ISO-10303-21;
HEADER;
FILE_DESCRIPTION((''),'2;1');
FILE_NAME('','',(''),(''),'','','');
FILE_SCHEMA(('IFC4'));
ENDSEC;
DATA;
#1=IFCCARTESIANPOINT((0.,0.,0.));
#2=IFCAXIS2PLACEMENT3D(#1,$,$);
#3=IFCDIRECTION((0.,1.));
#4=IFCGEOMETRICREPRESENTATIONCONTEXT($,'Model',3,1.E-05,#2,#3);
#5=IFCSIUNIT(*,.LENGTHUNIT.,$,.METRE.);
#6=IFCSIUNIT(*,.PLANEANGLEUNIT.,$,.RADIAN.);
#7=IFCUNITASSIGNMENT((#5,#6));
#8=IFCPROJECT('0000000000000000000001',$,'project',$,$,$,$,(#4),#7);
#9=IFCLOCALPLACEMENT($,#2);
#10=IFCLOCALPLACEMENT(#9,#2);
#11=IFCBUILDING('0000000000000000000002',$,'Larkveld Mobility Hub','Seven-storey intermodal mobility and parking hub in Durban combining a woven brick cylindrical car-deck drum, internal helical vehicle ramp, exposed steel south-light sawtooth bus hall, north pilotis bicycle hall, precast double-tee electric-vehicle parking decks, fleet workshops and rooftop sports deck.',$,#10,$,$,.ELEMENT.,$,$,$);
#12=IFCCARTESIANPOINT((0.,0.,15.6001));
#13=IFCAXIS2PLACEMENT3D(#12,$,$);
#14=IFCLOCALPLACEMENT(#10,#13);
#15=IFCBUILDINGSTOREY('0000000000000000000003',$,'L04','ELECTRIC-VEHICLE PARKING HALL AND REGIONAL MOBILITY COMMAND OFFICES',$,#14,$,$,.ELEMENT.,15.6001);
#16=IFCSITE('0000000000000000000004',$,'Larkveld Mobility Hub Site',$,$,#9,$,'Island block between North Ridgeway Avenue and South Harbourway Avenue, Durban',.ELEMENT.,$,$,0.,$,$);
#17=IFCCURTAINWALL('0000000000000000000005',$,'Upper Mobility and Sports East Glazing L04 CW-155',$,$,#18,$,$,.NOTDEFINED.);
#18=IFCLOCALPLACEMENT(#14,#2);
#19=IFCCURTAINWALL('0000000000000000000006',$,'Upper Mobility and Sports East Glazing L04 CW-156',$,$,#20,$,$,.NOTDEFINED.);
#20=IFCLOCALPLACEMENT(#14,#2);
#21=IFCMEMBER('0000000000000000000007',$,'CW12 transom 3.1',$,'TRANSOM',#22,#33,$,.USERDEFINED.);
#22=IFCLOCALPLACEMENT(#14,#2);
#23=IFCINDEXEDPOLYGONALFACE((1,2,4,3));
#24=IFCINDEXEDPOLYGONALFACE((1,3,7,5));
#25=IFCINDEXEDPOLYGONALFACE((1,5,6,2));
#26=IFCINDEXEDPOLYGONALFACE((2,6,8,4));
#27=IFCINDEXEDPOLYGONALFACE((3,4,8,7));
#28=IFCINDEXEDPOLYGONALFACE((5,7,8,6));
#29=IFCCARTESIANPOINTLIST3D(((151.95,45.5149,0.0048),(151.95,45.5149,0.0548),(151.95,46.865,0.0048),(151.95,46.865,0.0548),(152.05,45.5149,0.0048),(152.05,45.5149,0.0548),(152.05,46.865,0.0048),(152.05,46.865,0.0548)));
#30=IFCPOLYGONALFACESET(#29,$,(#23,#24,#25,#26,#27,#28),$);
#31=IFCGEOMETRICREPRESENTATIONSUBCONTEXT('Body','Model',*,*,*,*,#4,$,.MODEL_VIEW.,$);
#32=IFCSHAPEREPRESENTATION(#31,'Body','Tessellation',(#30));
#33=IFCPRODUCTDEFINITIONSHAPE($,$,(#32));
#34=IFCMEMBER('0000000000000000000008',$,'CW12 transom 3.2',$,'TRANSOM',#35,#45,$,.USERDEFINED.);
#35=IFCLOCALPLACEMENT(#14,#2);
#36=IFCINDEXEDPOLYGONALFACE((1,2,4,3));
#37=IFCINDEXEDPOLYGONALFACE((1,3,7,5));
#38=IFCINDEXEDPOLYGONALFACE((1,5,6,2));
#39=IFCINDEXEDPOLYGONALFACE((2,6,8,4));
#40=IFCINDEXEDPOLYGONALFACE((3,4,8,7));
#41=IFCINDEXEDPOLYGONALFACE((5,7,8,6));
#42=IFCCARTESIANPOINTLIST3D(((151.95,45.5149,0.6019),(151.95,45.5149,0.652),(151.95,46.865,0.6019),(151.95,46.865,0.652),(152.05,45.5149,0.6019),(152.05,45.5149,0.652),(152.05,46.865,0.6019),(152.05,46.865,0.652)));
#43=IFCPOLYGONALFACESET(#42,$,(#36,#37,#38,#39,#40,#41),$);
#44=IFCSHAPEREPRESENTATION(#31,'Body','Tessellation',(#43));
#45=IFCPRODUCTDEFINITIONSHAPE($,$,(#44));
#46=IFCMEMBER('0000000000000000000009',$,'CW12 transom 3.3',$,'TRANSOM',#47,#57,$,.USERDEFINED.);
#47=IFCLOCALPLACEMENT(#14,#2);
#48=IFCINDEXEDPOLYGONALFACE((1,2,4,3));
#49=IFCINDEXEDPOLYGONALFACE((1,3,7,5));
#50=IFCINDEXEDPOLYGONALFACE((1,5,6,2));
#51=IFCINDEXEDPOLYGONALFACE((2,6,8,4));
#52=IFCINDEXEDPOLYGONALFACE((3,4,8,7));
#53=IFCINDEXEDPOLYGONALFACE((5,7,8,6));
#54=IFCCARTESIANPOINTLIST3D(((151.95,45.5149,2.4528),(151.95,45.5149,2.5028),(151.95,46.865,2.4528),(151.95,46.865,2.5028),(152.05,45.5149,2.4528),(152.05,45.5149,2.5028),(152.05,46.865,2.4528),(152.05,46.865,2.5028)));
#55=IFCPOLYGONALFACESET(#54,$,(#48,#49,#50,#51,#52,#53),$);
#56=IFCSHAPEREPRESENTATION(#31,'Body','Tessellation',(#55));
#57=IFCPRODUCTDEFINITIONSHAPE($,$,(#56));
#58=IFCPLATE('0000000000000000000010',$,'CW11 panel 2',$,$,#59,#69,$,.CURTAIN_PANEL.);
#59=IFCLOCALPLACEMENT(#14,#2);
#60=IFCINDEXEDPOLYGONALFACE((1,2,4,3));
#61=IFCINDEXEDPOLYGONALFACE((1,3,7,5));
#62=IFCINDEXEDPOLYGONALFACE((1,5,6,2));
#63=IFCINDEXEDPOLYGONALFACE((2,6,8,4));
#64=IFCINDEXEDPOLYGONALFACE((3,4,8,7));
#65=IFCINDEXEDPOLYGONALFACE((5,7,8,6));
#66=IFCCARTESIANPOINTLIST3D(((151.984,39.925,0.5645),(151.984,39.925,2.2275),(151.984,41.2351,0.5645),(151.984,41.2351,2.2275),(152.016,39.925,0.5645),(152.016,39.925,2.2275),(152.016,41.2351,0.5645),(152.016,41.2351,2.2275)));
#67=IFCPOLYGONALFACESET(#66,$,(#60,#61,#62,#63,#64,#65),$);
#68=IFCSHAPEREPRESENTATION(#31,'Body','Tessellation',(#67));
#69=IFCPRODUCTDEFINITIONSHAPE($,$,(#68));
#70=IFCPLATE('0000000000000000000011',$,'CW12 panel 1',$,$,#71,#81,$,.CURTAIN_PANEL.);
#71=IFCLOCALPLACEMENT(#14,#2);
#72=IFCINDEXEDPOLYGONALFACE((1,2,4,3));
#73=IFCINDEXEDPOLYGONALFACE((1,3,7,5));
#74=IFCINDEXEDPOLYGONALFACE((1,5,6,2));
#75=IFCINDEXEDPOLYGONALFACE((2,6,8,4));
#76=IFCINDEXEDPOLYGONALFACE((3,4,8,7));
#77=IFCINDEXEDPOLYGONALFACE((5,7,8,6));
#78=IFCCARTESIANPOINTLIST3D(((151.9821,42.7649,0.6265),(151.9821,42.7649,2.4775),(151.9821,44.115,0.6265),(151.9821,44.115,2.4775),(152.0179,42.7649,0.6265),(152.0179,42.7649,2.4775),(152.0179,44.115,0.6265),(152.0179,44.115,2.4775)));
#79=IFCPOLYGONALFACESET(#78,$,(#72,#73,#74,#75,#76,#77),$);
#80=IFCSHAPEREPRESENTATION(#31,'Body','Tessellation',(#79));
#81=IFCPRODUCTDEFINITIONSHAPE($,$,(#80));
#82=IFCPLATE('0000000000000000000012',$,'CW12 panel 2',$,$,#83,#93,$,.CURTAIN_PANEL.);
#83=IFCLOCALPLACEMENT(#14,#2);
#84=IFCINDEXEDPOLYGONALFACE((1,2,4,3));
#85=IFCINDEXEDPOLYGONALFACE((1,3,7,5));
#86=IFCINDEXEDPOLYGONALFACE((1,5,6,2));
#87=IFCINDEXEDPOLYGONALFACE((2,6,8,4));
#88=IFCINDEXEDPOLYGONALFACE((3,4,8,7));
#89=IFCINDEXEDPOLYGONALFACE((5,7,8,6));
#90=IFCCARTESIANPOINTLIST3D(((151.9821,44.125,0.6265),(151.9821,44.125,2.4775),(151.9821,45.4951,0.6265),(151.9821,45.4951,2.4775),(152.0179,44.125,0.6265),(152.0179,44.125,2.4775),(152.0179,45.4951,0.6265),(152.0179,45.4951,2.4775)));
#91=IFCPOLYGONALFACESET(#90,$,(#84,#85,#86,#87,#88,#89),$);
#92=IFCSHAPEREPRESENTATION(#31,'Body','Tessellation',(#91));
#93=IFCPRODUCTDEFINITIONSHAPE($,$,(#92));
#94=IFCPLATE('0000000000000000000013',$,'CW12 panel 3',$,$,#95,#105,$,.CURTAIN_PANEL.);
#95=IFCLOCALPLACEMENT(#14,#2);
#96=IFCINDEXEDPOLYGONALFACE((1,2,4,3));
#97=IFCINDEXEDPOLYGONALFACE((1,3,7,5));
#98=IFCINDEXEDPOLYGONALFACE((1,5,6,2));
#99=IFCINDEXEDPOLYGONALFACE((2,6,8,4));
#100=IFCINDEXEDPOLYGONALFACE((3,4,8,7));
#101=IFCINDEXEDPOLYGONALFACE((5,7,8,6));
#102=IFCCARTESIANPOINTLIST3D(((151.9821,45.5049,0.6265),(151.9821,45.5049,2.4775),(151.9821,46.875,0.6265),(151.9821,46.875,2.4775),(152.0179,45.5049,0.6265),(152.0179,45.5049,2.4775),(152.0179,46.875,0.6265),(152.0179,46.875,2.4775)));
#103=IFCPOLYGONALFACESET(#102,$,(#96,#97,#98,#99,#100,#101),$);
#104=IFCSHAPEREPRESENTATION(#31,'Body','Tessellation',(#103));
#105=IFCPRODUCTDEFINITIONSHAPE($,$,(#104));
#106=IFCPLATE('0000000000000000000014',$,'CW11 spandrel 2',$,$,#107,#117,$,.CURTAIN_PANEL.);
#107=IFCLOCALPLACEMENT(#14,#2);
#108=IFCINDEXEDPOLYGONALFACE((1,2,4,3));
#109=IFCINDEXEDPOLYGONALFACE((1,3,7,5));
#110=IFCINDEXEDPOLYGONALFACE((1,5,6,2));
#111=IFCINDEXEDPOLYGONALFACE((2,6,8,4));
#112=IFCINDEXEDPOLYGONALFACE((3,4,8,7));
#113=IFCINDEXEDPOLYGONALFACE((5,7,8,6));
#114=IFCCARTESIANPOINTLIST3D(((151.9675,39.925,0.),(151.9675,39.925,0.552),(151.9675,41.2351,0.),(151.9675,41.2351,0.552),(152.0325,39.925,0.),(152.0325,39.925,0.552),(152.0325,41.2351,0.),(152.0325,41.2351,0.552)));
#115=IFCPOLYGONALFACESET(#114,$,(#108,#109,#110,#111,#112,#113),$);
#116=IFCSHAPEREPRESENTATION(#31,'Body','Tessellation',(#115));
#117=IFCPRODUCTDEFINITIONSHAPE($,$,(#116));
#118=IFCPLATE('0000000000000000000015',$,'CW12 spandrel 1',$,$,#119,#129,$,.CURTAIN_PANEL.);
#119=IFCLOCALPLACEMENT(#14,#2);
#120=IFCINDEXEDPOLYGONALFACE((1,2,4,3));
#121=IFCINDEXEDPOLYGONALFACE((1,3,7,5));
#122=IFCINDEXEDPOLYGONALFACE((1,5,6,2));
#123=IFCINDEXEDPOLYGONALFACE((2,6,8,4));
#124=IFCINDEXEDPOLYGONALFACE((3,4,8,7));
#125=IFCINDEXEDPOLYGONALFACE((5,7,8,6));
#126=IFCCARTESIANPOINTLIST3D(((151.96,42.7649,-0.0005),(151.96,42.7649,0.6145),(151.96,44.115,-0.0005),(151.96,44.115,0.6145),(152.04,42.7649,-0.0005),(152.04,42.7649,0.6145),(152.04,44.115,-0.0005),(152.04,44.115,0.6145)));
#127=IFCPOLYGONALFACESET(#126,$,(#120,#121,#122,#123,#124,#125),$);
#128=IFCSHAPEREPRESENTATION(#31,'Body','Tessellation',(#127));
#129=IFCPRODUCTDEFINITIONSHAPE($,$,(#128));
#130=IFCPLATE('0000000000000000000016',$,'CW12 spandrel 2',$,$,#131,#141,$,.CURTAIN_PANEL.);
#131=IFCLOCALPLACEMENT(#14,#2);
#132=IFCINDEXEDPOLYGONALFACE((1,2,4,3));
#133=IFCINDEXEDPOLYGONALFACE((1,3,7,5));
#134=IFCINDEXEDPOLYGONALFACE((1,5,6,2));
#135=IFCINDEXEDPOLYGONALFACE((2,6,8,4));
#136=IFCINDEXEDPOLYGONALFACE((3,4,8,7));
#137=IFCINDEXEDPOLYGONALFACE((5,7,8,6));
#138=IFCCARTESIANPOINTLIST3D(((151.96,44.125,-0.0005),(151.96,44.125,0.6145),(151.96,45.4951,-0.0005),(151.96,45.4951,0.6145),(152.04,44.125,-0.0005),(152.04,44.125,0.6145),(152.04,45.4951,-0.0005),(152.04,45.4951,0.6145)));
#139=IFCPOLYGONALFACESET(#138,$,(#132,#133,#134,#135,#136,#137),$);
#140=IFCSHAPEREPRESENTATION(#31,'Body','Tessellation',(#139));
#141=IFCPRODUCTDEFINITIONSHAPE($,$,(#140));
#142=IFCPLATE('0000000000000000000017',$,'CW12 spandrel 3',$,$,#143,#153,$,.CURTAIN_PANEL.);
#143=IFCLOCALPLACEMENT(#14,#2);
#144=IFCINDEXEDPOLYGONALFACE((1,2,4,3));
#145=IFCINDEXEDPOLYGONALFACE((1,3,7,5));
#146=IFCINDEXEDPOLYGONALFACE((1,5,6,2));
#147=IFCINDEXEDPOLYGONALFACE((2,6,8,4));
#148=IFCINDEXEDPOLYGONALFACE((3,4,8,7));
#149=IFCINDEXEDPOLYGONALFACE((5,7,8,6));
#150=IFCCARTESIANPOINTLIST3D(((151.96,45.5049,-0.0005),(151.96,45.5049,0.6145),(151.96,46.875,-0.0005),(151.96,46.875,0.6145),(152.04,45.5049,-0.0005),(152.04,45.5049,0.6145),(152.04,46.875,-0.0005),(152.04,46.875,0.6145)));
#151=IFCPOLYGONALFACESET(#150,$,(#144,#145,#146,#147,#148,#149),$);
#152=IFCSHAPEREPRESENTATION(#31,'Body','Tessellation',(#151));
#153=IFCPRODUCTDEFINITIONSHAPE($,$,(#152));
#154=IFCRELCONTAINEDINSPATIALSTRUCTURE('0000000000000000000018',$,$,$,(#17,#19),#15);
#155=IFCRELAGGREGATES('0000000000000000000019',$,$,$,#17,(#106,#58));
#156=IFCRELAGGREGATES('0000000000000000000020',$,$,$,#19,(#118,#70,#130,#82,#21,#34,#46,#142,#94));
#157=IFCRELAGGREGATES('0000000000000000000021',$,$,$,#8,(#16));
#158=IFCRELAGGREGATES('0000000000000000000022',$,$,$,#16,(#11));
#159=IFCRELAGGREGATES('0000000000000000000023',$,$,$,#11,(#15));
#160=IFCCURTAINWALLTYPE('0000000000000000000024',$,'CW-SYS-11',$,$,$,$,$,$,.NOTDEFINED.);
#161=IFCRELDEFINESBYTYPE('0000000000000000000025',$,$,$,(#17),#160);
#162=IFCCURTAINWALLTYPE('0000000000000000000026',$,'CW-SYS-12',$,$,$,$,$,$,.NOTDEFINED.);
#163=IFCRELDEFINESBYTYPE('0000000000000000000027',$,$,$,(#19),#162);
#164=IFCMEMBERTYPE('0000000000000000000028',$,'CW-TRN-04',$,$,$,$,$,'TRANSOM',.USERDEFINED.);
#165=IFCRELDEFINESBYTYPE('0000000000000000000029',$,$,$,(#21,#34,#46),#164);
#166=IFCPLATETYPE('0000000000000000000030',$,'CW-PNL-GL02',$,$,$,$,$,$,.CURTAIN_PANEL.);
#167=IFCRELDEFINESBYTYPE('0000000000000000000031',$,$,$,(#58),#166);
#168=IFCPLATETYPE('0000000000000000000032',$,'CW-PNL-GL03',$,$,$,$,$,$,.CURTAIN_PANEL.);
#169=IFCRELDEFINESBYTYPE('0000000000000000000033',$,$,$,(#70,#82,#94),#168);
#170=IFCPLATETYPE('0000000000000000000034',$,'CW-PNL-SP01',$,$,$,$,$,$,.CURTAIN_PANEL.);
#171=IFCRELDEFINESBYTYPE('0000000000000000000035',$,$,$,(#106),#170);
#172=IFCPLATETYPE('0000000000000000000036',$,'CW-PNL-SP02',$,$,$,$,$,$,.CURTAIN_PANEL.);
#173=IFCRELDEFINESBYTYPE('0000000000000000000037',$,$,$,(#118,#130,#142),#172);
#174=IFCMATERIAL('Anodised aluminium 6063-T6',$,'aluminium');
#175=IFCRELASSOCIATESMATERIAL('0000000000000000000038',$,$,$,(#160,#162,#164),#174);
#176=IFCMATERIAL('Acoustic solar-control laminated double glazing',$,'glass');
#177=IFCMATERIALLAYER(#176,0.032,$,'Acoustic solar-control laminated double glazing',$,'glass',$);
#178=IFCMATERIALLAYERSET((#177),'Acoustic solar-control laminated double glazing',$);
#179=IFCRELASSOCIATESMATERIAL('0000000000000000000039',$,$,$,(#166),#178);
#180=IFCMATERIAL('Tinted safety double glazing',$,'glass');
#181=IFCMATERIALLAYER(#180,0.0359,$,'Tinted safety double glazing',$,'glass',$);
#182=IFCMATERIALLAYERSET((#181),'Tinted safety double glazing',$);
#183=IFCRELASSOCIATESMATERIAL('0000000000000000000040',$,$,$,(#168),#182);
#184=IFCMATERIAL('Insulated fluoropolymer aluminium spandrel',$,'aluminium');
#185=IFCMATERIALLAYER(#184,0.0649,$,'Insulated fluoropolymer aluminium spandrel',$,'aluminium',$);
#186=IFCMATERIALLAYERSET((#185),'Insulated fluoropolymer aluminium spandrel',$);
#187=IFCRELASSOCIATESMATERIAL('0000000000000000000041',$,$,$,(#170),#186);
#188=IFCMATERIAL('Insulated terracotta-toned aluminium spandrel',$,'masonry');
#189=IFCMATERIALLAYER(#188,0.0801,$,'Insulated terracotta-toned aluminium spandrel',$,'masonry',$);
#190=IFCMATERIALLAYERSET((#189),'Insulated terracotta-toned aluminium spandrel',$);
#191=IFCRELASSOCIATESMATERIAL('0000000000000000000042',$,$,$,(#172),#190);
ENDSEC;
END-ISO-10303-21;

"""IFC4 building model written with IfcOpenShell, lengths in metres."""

from ifc_helpers import new_model, si_unit, direction, frame, origin, origin_2d, place, context, subcontext, project, spatial, rectangle, extrude, material, layer, layer_set, material_profile, profile_set, type_object, element, aggregate, save


model = new_model("IFC4")

# Units and contexts
model_context = context("Model", 3, precision=1e-05, world=origin(), true_north=direction((0.0, 1.0)))
body_context = subcontext(model_context, "Body", "Model", "MODEL_VIEW")
ifc_project = project(units=[si_unit("LENGTHUNIT", "METRE"), si_unit("PLANEANGLEUNIT", "RADIAN")], contexts=[model_context])

# Site, building, storey
site_placement = place(None, origin())
site = spatial("IfcSite", under=ifc_project, at=site_placement, Name="Larkveld Mobility Hub Site", LongName="Island block between North Ridgeway Avenue and South Harbourway Avenue, Durban", CompositionType="ELEMENT", RefElevation=0.0)
building_placement = place(site_placement, origin())
building = spatial("IfcBuilding", under=site, at=building_placement, Name="Larkveld Mobility Hub", Description="Seven-storey intermodal mobility and parking hub in Durban combining a woven brick cylindrical car-deck drum, internal helical vehicle ramp, exposed steel south-light sawtooth bus hall, north pilotis bicycle hall, precast double-tee electric-vehicle parking decks, fleet workshops and rooftop sports deck.", CompositionType="ELEMENT")
storey_placement = place(building_placement, frame((0.0, 0.0, 15.6001)))
storey = spatial("IfcBuildingStorey", under=building, at=storey_placement, Name="L04", Description="ELECTRIC-VEHICLE PARKING HALL AND REGIONAL MOBILITY COMMAND OFFICES", CompositionType="ELEMENT", Elevation=15.6001)

# Curtain wall
ifc_material_1 = material(Name="Anodised aluminium 6063-T6", Category="aluminium")
curtain_wall_type_1 = type_object("IfcCurtainWallType", Name="CW-SYS-11", PredefinedType="NOTDEFINED", material=ifc_material_1)
curtain_wall_1_placement = place(storey_placement, origin())
curtain_wall_1 = element("IfcCurtainWall", 1, at=curtain_wall_1_placement, inside=storey, type_object=curtain_wall_type_1, Name="Upper Mobility and Sports East Glazing L04 CW-155", PredefinedType="NOTDEFINED")

# Curtain wall
curtain_wall_type_2 = type_object("IfcCurtainWallType", Name="CW-SYS-12", PredefinedType="NOTDEFINED", material=ifc_material_1)
curtain_wall_2_placement = place(storey_placement, origin())
curtain_wall_2 = element("IfcCurtainWall", 2, at=curtain_wall_2_placement, inside=storey, type_object=curtain_wall_type_2, Name="Upper Mobility and Sports East Glazing L04 CW-156", PredefinedType="NOTDEFINED")

# Members
ifc_material_profile_1 = material_profile(ifc_material_1, rectangle(XDim=0.1001, YDim=0.05, at=origin_2d()), Name="ALU TRAN 50x100")
ifc_profile_set_1 = profile_set([ifc_material_profile_1], Name="Anodised aluminium 6063-T6")
member_type_1 = type_object("IfcMemberType", Name="CW-TRN-04", ElementType="TRANSOM", PredefinedType="USERDEFINED", material=ifc_profile_set_1)
member_1_placement = place(storey_placement, frame((152.0, 45.5149, 0.0298), z_axis=(0.0, 1.0, 0.0), x_axis=(-1.0, 0.0, 0.0)))
member_1 = element("IfcMember", 3, at=member_1_placement, type_object=member_type_1, Name="CW12 transom 3.1", ObjectType="TRANSOM", PredefinedType="USERDEFINED", context=body_context, shape_type="SweptSolid", body=[
    extrude(rectangle(XDim=0.1001, YDim=0.05, at=origin_2d()), origin(), (0.0, 0.0, 1.0), 1.3501),
])
member_2_placement = place(storey_placement, frame((152.0, 45.5149, 0.627), z_axis=(0.0, 1.0, 0.0), x_axis=(-1.0, 0.0, 0.0)))
member_2 = element("IfcMember", 4, at=member_2_placement, type_object=member_type_1, Name="CW12 transom 3.2", ObjectType="TRANSOM", PredefinedType="USERDEFINED", context=body_context, shape_type="SweptSolid", body=[
    extrude(rectangle(XDim=0.1001, YDim=0.05, at=origin_2d()), origin(), (0.0, 0.0, 1.0), 1.3501),
])
member_3_placement = place(storey_placement, frame((152.0, 45.5149, 2.4778), z_axis=(0.0, 1.0, 0.0), x_axis=(-1.0, 0.0, 0.0)))
member_3 = element("IfcMember", 5, at=member_3_placement, type_object=member_type_1, Name="CW12 transom 3.3", ObjectType="TRANSOM", PredefinedType="USERDEFINED", context=body_context, shape_type="SweptSolid", body=[
    extrude(rectangle(XDim=0.1001, YDim=0.05, at=origin_2d()), origin(), (0.0, 0.0, 1.0), 1.3501),
])

# Plates
ifc_material_2 = material(Name="Acoustic solar-control laminated double glazing", Category="glass")
ifc_layer_1 = layer(ifc_material_2, 0.032, Name="Acoustic solar-control laminated double glazing", Category="glass")
ifc_layer_set_1 = layer_set([ifc_layer_1], Name="Acoustic solar-control laminated double glazing")
plate_type_1 = type_object("IfcPlateType", Name="CW-PNL-GL02", PredefinedType="CURTAIN_PANEL", material=ifc_layer_set_1)
plate_1_placement = place(storey_placement, frame((152.0, 40.5801, 0.5645), z_axis=(0.0, 0.0, 1.0), x_axis=(0.0, 1.0, 0.0)))
plate_1 = element("IfcPlate", 6, at=plate_1_placement, type_object=plate_type_1, Name="CW11 panel 2", PredefinedType="CURTAIN_PANEL", context=body_context, shape_type="SweptSolid", body=[
    extrude(rectangle(XDim=1.3101, YDim=0.032, at=origin_2d()), origin(), (0.0, 0.0, 1.0), 1.6631),
])
ifc_material_3 = material(Name="Tinted safety double glazing", Category="glass")
ifc_layer_2 = layer(ifc_material_3, 0.0359, Name="Tinted safety double glazing", Category="glass")
ifc_layer_set_2 = layer_set([ifc_layer_2], Name="Tinted safety double glazing")
plate_type_2 = type_object("IfcPlateType", Name="CW-PNL-GL03", PredefinedType="CURTAIN_PANEL", material=ifc_layer_set_2)
plate_2_placement = place(storey_placement, frame((152.0, 43.4399, 0.6265), z_axis=(0.0, 0.0, 1.0), x_axis=(0.0, 1.0, 0.0)))
plate_2 = element("IfcPlate", 7, at=plate_2_placement, type_object=plate_type_2, Name="CW12 panel 1", PredefinedType="CURTAIN_PANEL", context=body_context, shape_type="SweptSolid", body=[
    extrude(rectangle(XDim=1.3501, YDim=0.0359, at=origin_2d()), origin(), (0.0, 0.0, 1.0), 1.8511),
])
plate_3_placement = place(storey_placement, frame((152.0, 44.8101, 0.6265), z_axis=(0.0, 0.0, 1.0), x_axis=(0.0, 1.0, 0.0)))
plate_3 = element("IfcPlate", 8, at=plate_3_placement, type_object=plate_type_2, Name="CW12 panel 2", PredefinedType="CURTAIN_PANEL", context=body_context, shape_type="SweptSolid", body=[
    extrude(rectangle(XDim=1.3701, YDim=0.0359, at=origin_2d()), origin(), (0.0, 0.0, 1.0), 1.8511),
])
plate_4_placement = place(storey_placement, frame((152.0, 46.1899, 0.6265), z_axis=(0.0, 0.0, 1.0), x_axis=(0.0, 1.0, 0.0)))
plate_4 = element("IfcPlate", 9, at=plate_4_placement, type_object=plate_type_2, Name="CW12 panel 3", PredefinedType="CURTAIN_PANEL", context=body_context, shape_type="SweptSolid", body=[
    extrude(rectangle(XDim=1.3701, YDim=0.0359, at=origin_2d()), origin(), (0.0, 0.0, 1.0), 1.8511),
])
ifc_material_4 = material(Name="Insulated fluoropolymer aluminium spandrel", Category="aluminium")
ifc_layer_3 = layer(ifc_material_4, 0.0649, Name="Insulated fluoropolymer aluminium spandrel", Category="aluminium")
ifc_layer_set_3 = layer_set([ifc_layer_3], Name="Insulated fluoropolymer aluminium spandrel")
plate_type_3 = type_object("IfcPlateType", Name="CW-PNL-SP01", PredefinedType="CURTAIN_PANEL", material=ifc_layer_set_3)
plate_5_placement = place(storey_placement, frame((152.0, 40.5801, 0.0), z_axis=(0.0, 0.0, 1.0), x_axis=(0.0, 1.0, 0.0)))
plate_5 = element("IfcPlate", 10, at=plate_5_placement, type_object=plate_type_3, Name="CW11 spandrel 2", PredefinedType="CURTAIN_PANEL", context=body_context, shape_type="SweptSolid", body=[
    extrude(rectangle(XDim=1.3101, YDim=0.0649, at=origin_2d()), origin(), (0.0, 0.0, 1.0), 0.552),
])
aggregate(curtain_wall_1, [plate_5, plate_1])
ifc_material_5 = material(Name="Insulated terracotta-toned aluminium spandrel", Category="masonry")
ifc_layer_4 = layer(ifc_material_5, 0.0801, Name="Insulated terracotta-toned aluminium spandrel", Category="masonry")
ifc_layer_set_4 = layer_set([ifc_layer_4], Name="Insulated terracotta-toned aluminium spandrel")
plate_type_4 = type_object("IfcPlateType", Name="CW-PNL-SP02", PredefinedType="CURTAIN_PANEL", material=ifc_layer_set_4)
plate_6_placement = place(storey_placement, frame((152.0, 43.4399, -0.0005), z_axis=(0.0, 0.0, 1.0), x_axis=(0.0, 1.0, 0.0)))
plate_6 = element("IfcPlate", 11, at=plate_6_placement, type_object=plate_type_4, Name="CW12 spandrel 1", PredefinedType="CURTAIN_PANEL", context=body_context, shape_type="SweptSolid", body=[
    extrude(rectangle(XDim=1.3501, YDim=0.0801, at=origin_2d()), origin(), (0.0, 0.0, 1.0), 0.615),
])
plate_7_placement = place(storey_placement, frame((152.0, 44.8101, -0.0005), z_axis=(0.0, 0.0, 1.0), x_axis=(0.0, 1.0, 0.0)))
plate_7 = element("IfcPlate", 12, at=plate_7_placement, type_object=plate_type_4, Name="CW12 spandrel 2", PredefinedType="CURTAIN_PANEL", context=body_context, shape_type="SweptSolid", body=[
    extrude(rectangle(XDim=1.3701, YDim=0.0801, at=origin_2d()), origin(), (0.0, 0.0, 1.0), 0.615),
])
plate_8_placement = place(storey_placement, frame((152.0, 46.1899, -0.0005), z_axis=(0.0, 0.0, 1.0), x_axis=(0.0, 1.0, 0.0)))
plate_8 = element("IfcPlate", 13, at=plate_8_placement, type_object=plate_type_4, Name="CW12 spandrel 3", PredefinedType="CURTAIN_PANEL", context=body_context, shape_type="SweptSolid", body=[
    extrude(rectangle(XDim=1.3701, YDim=0.0801, at=origin_2d()), origin(), (0.0, 0.0, 1.0), 0.615),
])
aggregate(curtain_wall_2, [plate_6, plate_2, plate_7, plate_3, member_1, member_2, member_3, plate_8, plate_4])

save(model, "model.ifc")
